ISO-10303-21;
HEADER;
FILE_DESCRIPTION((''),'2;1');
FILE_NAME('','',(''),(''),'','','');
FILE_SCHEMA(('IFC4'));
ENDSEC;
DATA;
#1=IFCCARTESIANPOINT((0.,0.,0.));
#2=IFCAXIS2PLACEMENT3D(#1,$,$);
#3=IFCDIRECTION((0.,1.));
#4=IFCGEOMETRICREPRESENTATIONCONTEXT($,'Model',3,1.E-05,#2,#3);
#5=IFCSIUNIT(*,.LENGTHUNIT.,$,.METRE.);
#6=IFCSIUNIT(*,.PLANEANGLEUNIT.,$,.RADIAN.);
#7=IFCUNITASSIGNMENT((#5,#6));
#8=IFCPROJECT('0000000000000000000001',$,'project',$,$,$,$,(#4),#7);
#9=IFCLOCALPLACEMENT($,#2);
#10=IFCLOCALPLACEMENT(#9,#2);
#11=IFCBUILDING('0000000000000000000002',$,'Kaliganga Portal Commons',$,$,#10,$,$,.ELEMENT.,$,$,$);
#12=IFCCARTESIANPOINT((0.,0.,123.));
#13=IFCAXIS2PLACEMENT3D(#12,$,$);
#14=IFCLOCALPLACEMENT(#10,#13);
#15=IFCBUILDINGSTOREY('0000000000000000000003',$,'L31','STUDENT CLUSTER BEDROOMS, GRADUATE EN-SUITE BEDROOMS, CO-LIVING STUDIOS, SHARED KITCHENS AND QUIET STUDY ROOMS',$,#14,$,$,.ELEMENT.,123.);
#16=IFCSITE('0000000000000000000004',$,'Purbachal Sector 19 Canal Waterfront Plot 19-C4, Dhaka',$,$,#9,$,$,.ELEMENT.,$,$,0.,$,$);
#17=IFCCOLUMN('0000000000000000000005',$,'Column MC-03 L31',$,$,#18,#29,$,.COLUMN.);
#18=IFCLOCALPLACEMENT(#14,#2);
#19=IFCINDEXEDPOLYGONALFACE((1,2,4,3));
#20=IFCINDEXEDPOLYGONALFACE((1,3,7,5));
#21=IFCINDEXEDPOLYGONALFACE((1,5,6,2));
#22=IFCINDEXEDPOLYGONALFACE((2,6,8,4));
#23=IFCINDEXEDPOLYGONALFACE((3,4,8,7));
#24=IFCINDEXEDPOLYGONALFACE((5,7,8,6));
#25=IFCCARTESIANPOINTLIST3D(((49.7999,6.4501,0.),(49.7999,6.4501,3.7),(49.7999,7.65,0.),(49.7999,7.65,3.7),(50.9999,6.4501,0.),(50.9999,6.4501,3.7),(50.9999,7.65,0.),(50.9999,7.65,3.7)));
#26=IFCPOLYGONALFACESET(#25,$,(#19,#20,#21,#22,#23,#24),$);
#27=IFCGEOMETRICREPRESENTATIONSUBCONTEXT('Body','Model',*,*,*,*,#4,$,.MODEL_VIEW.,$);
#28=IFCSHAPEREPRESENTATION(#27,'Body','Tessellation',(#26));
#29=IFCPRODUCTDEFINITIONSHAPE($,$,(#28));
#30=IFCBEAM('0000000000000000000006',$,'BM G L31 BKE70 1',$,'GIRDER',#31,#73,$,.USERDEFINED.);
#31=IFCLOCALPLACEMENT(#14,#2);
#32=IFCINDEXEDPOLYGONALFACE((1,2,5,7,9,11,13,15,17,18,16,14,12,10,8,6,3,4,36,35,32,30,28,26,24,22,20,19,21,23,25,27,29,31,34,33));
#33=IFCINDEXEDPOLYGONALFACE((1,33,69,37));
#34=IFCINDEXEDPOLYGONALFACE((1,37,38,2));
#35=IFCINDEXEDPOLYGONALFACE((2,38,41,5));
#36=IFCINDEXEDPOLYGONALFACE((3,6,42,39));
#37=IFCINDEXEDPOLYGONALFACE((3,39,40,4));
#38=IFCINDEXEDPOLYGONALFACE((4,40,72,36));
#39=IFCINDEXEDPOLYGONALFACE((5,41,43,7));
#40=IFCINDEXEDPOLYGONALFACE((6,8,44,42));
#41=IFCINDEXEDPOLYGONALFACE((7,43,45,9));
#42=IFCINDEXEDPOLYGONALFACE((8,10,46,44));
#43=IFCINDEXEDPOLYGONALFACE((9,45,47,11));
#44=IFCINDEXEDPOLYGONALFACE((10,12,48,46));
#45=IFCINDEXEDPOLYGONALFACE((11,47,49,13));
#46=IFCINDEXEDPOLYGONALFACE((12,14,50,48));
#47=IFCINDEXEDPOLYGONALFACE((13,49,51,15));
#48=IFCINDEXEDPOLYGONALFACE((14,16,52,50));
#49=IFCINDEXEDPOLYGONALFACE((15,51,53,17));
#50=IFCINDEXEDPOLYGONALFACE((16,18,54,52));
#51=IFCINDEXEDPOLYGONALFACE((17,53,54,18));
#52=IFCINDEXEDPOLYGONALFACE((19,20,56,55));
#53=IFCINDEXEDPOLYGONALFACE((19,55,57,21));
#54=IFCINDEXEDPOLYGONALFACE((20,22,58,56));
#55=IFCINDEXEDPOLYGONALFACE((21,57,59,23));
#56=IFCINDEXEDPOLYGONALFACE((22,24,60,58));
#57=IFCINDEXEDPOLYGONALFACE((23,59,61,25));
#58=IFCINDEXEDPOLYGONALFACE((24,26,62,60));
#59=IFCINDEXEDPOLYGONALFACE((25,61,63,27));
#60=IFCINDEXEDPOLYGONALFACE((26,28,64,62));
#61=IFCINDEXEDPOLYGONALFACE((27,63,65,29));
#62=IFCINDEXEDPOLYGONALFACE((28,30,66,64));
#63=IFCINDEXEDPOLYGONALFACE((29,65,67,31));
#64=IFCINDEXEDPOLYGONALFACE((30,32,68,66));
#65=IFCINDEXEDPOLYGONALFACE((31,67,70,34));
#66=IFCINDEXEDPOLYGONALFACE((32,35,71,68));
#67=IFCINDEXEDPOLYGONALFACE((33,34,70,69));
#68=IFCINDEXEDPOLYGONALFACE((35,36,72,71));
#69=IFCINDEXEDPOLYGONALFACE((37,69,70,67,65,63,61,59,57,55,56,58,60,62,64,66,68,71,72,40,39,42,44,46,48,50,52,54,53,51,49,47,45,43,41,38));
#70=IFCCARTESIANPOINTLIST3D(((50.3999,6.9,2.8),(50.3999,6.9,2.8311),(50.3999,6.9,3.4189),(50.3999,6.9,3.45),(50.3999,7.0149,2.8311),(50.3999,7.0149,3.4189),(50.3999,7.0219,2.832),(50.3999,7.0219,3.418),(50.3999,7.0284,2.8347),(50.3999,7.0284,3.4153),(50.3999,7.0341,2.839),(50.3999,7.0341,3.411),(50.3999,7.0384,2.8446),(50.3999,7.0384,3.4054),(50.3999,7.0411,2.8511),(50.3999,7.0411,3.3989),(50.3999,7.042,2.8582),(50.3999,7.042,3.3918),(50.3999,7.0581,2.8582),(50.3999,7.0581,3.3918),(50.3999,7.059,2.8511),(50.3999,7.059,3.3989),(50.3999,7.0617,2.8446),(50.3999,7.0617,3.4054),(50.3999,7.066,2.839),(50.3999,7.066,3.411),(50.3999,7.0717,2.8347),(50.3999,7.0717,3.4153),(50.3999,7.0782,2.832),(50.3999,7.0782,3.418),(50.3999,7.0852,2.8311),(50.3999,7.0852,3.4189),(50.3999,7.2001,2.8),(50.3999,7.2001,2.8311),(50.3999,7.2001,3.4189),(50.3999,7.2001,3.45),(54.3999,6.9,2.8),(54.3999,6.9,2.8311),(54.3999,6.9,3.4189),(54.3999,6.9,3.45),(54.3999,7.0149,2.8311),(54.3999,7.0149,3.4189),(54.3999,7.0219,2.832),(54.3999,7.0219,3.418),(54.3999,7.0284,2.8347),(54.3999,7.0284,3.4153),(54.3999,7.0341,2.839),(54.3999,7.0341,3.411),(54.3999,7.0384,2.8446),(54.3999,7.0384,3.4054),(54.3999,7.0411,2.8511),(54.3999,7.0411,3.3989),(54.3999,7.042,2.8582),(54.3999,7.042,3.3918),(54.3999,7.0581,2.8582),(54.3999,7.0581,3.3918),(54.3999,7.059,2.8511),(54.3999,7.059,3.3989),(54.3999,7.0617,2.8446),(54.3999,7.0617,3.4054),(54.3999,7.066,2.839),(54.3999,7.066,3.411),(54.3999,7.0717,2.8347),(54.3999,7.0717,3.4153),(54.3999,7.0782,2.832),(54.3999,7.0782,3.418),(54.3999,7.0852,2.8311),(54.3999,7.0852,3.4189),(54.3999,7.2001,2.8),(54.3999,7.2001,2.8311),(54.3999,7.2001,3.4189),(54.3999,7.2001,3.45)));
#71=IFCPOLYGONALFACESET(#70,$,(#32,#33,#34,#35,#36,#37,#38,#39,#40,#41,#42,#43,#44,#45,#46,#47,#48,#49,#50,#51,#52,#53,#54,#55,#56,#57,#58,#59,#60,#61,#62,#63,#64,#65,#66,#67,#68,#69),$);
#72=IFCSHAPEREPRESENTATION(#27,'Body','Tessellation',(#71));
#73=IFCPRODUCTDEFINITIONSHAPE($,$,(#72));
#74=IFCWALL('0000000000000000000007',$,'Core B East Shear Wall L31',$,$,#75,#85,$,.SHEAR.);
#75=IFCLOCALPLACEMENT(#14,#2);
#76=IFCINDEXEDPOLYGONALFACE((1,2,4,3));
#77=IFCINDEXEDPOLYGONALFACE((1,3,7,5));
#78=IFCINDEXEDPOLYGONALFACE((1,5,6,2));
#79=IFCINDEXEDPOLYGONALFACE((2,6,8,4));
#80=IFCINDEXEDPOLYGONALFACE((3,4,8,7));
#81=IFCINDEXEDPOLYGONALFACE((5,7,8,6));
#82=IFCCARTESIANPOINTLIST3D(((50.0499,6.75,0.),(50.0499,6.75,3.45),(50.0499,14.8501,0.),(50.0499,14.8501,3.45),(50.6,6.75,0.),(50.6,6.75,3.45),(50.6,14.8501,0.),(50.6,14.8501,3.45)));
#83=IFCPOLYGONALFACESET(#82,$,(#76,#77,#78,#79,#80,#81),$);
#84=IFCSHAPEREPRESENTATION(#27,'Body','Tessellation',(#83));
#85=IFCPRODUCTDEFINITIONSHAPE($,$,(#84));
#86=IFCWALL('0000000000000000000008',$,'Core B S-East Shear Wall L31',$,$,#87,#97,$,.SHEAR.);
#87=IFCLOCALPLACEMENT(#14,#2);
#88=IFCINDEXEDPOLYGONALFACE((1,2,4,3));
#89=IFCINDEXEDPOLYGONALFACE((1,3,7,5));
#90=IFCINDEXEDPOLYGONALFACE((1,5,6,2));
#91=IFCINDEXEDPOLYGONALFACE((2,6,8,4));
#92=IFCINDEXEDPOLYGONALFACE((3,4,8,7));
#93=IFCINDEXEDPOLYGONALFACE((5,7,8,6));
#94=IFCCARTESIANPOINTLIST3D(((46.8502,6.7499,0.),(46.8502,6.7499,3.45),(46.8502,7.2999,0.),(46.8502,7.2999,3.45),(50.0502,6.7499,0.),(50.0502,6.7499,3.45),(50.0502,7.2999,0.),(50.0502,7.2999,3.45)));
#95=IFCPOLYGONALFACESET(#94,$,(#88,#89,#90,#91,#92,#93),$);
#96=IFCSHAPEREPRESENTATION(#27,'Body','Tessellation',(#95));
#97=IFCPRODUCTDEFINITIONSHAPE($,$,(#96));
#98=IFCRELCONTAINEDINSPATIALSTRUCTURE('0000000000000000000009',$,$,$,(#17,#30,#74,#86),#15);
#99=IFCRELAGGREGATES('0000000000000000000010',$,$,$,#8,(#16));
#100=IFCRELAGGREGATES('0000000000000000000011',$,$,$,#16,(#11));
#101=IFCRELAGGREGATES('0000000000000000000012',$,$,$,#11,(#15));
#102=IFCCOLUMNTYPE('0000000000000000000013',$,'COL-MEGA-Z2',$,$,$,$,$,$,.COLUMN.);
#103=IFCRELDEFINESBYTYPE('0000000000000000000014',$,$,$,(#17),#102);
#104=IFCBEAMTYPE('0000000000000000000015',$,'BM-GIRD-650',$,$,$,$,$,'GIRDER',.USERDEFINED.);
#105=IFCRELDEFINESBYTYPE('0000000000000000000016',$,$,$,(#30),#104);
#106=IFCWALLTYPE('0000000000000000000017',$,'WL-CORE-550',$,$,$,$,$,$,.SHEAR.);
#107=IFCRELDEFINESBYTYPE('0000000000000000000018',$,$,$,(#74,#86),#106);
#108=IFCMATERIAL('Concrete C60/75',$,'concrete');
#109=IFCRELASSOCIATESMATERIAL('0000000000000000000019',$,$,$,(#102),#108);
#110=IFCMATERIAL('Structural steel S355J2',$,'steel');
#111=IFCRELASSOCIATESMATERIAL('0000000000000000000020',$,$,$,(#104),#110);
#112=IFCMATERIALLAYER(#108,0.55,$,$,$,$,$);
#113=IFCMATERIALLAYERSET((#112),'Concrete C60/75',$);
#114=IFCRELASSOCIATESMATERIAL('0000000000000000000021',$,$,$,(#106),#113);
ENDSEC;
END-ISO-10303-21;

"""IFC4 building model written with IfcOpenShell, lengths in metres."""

from ifc_helpers import new_model, si_unit, direction, frame, frame_2d, origin, origin_2d, place, context, subcontext, project, spatial, rectangle, i_section, extrude, source, transform, mapped, material, layer, layer_set, material_profile, profile_set, type_object, element, save


model = new_model("IFC4")

# Units and contexts
model_context = context("Model", 3, precision=1e-05, world=origin(), true_north=direction((0.0, 1.0)))
body_context = subcontext(model_context, "Body", "Model", "MODEL_VIEW")
ifc_project = project(units=[si_unit("LENGTHUNIT", "METRE"), si_unit("PLANEANGLEUNIT", "RADIAN")], contexts=[model_context])

# Site, building, storey
site_placement = place(None, origin())
site = spatial("IfcSite", under=ifc_project, at=site_placement, Name="Purbachal Sector 19 Canal Waterfront Plot 19-C4, Dhaka", CompositionType="ELEMENT", RefElevation=0.0)
building_placement = place(site_placement, origin())
building = spatial("IfcBuilding", under=site, at=building_placement, Name="Kaliganga Portal Commons", CompositionType="ELEMENT")
storey_placement = place(building_placement, frame((0.0, 0.0, 123.0)))
storey = spatial("IfcBuildingStorey", under=building, at=storey_placement, Name="L31", Description="STUDENT CLUSTER BEDROOMS, GRADUATE EN-SUITE BEDROOMS, CO-LIVING STUDIOS, SHARED KITCHENS AND QUIET STUDY ROOMS", CompositionType="ELEMENT", Elevation=123.0)

# Column
ifc_material_1 = material(Name="Concrete C60/75", Category="concrete")
ifc_material_profile_1 = material_profile(ifc_material_1, rectangle(XDim=1.2, YDim=1.2, at=origin_2d()), Name="RC 1200x1200")
ifc_profile_set_1 = profile_set([ifc_material_profile_1], Name="Concrete C60/75")
column_type = type_object("IfcColumnType", Name="COL-MEGA-Z2", PredefinedType="COLUMN", material=ifc_profile_set_1)
shared_shape_1 = source(origin(), body_context, "Body", "SweptSolid", [
    extrude(rectangle(XDim=1.2, YDim=1.2, at=origin_2d()), origin(), (0.0, 0.0, 1.0), 3.7),
])
column_placement = place(storey_placement, frame((50.3999, 7.05, 0.0), z_axis=(0.0, 0.0, 1.0), x_axis=(1.0, 0.0, 0.0)))
element("IfcColumn", 1, at=column_placement, inside=storey, type_object=column_type, Name="Column MC-03 L31", PredefinedType="COLUMN", context=body_context, shape_type="MappedRepresentation", body=[
    mapped(shared_shape_1, transform((0.0, 0.0, 0.0), x_axis=(1.0, 0.0, 0.0), y_axis=(0.0, 1.0, 0.0), z_axis=(0.0, 0.0, 1.0), scale=1.0)),
])

# Beam
ifc_material_2 = material(Name="Structural steel S355J2", Category="steel")
ifc_material_profile_2 = material_profile(ifc_material_2, i_section(OverallWidth=0.3, OverallDepth=0.6499, WebThickness=0.0161, FlangeThickness=0.031, FilletRadius=0.0271, at=origin_2d()), Name="HE 650 B")
ifc_profile_set_2 = profile_set([ifc_material_profile_2], Name="Structural steel S355J2 wide-flange")
beam_type = type_object("IfcBeamType", Name="BM-GIRD-650", ElementType="GIRDER", PredefinedType="USERDEFINED", material=ifc_profile_set_2)
shared_shape_2 = source(origin(), body_context, "Body", "SweptSolid", [
    extrude(i_section(OverallWidth=0.3, OverallDepth=0.6499, WebThickness=0.0161, FlangeThickness=0.031, FilletRadius=0.0271, at=origin_2d()), origin(), (0.0, 0.0, 1.0), 4.0),
])
beam_placement = place(storey_placement, frame((50.3999, 7.05, 3.125), z_axis=(1.0, 0.0, 0.0), x_axis=(0.0, 1.0, 0.0)))
element("IfcBeam", 2, at=beam_placement, inside=storey, type_object=beam_type, Name="BM G L31 BKE70 1", ObjectType="GIRDER", PredefinedType="USERDEFINED", context=body_context, shape_type="MappedRepresentation", body=[
    mapped(shared_shape_2, transform((0.0, 0.0, 0.0), x_axis=(1.0, 0.0, 0.0), y_axis=(0.0, 1.0, 0.0), z_axis=(0.0, 0.0, 1.0), scale=1.0)),
])

# Walls
ifc_layer_1 = layer(ifc_material_1, 0.55)
ifc_layer_set_1 = layer_set([ifc_layer_1], Name="Concrete C60/75")
wall_type_1 = type_object("IfcWallType", Name="WL-CORE-550", PredefinedType="SHEAR", material=ifc_layer_set_1)
wall_1_placement = place(storey_placement, frame((50.325, 6.75, 0.0), z_axis=(0.0, 0.0, 1.0), x_axis=(0.0, 1.0, 0.0)))
element("IfcWall", 3, at=wall_1_placement, inside=storey, type_object=wall_type_1, Name="Core B East Shear Wall L31", PredefinedType="SHEAR", context=body_context, shape_type="SweptSolid", body=[
    extrude(rectangle(XDim=8.1001, YDim=0.55, at=frame_2d((4.05, 0.0))), origin(), (0.0, 0.0, 1.0), 3.45),
])
wall_2_placement = place(storey_placement, frame((46.8501, 7.0249, 0.0), z_axis=(0.0, 0.0, 1.0), x_axis=(1.0, 0.0, 0.0)))
element("IfcWall", 4, at=wall_2_placement, inside=storey, type_object=wall_type_1, Name="Core B S-East Shear Wall L31", PredefinedType="SHEAR", context=body_context, shape_type="SweptSolid", body=[
    extrude(rectangle(XDim=3.2, YDim=0.55, at=frame_2d((1.6001, 0.0))), origin(), (0.0, 0.0, 1.0), 3.45),
])

save(model, "model.ifc")
